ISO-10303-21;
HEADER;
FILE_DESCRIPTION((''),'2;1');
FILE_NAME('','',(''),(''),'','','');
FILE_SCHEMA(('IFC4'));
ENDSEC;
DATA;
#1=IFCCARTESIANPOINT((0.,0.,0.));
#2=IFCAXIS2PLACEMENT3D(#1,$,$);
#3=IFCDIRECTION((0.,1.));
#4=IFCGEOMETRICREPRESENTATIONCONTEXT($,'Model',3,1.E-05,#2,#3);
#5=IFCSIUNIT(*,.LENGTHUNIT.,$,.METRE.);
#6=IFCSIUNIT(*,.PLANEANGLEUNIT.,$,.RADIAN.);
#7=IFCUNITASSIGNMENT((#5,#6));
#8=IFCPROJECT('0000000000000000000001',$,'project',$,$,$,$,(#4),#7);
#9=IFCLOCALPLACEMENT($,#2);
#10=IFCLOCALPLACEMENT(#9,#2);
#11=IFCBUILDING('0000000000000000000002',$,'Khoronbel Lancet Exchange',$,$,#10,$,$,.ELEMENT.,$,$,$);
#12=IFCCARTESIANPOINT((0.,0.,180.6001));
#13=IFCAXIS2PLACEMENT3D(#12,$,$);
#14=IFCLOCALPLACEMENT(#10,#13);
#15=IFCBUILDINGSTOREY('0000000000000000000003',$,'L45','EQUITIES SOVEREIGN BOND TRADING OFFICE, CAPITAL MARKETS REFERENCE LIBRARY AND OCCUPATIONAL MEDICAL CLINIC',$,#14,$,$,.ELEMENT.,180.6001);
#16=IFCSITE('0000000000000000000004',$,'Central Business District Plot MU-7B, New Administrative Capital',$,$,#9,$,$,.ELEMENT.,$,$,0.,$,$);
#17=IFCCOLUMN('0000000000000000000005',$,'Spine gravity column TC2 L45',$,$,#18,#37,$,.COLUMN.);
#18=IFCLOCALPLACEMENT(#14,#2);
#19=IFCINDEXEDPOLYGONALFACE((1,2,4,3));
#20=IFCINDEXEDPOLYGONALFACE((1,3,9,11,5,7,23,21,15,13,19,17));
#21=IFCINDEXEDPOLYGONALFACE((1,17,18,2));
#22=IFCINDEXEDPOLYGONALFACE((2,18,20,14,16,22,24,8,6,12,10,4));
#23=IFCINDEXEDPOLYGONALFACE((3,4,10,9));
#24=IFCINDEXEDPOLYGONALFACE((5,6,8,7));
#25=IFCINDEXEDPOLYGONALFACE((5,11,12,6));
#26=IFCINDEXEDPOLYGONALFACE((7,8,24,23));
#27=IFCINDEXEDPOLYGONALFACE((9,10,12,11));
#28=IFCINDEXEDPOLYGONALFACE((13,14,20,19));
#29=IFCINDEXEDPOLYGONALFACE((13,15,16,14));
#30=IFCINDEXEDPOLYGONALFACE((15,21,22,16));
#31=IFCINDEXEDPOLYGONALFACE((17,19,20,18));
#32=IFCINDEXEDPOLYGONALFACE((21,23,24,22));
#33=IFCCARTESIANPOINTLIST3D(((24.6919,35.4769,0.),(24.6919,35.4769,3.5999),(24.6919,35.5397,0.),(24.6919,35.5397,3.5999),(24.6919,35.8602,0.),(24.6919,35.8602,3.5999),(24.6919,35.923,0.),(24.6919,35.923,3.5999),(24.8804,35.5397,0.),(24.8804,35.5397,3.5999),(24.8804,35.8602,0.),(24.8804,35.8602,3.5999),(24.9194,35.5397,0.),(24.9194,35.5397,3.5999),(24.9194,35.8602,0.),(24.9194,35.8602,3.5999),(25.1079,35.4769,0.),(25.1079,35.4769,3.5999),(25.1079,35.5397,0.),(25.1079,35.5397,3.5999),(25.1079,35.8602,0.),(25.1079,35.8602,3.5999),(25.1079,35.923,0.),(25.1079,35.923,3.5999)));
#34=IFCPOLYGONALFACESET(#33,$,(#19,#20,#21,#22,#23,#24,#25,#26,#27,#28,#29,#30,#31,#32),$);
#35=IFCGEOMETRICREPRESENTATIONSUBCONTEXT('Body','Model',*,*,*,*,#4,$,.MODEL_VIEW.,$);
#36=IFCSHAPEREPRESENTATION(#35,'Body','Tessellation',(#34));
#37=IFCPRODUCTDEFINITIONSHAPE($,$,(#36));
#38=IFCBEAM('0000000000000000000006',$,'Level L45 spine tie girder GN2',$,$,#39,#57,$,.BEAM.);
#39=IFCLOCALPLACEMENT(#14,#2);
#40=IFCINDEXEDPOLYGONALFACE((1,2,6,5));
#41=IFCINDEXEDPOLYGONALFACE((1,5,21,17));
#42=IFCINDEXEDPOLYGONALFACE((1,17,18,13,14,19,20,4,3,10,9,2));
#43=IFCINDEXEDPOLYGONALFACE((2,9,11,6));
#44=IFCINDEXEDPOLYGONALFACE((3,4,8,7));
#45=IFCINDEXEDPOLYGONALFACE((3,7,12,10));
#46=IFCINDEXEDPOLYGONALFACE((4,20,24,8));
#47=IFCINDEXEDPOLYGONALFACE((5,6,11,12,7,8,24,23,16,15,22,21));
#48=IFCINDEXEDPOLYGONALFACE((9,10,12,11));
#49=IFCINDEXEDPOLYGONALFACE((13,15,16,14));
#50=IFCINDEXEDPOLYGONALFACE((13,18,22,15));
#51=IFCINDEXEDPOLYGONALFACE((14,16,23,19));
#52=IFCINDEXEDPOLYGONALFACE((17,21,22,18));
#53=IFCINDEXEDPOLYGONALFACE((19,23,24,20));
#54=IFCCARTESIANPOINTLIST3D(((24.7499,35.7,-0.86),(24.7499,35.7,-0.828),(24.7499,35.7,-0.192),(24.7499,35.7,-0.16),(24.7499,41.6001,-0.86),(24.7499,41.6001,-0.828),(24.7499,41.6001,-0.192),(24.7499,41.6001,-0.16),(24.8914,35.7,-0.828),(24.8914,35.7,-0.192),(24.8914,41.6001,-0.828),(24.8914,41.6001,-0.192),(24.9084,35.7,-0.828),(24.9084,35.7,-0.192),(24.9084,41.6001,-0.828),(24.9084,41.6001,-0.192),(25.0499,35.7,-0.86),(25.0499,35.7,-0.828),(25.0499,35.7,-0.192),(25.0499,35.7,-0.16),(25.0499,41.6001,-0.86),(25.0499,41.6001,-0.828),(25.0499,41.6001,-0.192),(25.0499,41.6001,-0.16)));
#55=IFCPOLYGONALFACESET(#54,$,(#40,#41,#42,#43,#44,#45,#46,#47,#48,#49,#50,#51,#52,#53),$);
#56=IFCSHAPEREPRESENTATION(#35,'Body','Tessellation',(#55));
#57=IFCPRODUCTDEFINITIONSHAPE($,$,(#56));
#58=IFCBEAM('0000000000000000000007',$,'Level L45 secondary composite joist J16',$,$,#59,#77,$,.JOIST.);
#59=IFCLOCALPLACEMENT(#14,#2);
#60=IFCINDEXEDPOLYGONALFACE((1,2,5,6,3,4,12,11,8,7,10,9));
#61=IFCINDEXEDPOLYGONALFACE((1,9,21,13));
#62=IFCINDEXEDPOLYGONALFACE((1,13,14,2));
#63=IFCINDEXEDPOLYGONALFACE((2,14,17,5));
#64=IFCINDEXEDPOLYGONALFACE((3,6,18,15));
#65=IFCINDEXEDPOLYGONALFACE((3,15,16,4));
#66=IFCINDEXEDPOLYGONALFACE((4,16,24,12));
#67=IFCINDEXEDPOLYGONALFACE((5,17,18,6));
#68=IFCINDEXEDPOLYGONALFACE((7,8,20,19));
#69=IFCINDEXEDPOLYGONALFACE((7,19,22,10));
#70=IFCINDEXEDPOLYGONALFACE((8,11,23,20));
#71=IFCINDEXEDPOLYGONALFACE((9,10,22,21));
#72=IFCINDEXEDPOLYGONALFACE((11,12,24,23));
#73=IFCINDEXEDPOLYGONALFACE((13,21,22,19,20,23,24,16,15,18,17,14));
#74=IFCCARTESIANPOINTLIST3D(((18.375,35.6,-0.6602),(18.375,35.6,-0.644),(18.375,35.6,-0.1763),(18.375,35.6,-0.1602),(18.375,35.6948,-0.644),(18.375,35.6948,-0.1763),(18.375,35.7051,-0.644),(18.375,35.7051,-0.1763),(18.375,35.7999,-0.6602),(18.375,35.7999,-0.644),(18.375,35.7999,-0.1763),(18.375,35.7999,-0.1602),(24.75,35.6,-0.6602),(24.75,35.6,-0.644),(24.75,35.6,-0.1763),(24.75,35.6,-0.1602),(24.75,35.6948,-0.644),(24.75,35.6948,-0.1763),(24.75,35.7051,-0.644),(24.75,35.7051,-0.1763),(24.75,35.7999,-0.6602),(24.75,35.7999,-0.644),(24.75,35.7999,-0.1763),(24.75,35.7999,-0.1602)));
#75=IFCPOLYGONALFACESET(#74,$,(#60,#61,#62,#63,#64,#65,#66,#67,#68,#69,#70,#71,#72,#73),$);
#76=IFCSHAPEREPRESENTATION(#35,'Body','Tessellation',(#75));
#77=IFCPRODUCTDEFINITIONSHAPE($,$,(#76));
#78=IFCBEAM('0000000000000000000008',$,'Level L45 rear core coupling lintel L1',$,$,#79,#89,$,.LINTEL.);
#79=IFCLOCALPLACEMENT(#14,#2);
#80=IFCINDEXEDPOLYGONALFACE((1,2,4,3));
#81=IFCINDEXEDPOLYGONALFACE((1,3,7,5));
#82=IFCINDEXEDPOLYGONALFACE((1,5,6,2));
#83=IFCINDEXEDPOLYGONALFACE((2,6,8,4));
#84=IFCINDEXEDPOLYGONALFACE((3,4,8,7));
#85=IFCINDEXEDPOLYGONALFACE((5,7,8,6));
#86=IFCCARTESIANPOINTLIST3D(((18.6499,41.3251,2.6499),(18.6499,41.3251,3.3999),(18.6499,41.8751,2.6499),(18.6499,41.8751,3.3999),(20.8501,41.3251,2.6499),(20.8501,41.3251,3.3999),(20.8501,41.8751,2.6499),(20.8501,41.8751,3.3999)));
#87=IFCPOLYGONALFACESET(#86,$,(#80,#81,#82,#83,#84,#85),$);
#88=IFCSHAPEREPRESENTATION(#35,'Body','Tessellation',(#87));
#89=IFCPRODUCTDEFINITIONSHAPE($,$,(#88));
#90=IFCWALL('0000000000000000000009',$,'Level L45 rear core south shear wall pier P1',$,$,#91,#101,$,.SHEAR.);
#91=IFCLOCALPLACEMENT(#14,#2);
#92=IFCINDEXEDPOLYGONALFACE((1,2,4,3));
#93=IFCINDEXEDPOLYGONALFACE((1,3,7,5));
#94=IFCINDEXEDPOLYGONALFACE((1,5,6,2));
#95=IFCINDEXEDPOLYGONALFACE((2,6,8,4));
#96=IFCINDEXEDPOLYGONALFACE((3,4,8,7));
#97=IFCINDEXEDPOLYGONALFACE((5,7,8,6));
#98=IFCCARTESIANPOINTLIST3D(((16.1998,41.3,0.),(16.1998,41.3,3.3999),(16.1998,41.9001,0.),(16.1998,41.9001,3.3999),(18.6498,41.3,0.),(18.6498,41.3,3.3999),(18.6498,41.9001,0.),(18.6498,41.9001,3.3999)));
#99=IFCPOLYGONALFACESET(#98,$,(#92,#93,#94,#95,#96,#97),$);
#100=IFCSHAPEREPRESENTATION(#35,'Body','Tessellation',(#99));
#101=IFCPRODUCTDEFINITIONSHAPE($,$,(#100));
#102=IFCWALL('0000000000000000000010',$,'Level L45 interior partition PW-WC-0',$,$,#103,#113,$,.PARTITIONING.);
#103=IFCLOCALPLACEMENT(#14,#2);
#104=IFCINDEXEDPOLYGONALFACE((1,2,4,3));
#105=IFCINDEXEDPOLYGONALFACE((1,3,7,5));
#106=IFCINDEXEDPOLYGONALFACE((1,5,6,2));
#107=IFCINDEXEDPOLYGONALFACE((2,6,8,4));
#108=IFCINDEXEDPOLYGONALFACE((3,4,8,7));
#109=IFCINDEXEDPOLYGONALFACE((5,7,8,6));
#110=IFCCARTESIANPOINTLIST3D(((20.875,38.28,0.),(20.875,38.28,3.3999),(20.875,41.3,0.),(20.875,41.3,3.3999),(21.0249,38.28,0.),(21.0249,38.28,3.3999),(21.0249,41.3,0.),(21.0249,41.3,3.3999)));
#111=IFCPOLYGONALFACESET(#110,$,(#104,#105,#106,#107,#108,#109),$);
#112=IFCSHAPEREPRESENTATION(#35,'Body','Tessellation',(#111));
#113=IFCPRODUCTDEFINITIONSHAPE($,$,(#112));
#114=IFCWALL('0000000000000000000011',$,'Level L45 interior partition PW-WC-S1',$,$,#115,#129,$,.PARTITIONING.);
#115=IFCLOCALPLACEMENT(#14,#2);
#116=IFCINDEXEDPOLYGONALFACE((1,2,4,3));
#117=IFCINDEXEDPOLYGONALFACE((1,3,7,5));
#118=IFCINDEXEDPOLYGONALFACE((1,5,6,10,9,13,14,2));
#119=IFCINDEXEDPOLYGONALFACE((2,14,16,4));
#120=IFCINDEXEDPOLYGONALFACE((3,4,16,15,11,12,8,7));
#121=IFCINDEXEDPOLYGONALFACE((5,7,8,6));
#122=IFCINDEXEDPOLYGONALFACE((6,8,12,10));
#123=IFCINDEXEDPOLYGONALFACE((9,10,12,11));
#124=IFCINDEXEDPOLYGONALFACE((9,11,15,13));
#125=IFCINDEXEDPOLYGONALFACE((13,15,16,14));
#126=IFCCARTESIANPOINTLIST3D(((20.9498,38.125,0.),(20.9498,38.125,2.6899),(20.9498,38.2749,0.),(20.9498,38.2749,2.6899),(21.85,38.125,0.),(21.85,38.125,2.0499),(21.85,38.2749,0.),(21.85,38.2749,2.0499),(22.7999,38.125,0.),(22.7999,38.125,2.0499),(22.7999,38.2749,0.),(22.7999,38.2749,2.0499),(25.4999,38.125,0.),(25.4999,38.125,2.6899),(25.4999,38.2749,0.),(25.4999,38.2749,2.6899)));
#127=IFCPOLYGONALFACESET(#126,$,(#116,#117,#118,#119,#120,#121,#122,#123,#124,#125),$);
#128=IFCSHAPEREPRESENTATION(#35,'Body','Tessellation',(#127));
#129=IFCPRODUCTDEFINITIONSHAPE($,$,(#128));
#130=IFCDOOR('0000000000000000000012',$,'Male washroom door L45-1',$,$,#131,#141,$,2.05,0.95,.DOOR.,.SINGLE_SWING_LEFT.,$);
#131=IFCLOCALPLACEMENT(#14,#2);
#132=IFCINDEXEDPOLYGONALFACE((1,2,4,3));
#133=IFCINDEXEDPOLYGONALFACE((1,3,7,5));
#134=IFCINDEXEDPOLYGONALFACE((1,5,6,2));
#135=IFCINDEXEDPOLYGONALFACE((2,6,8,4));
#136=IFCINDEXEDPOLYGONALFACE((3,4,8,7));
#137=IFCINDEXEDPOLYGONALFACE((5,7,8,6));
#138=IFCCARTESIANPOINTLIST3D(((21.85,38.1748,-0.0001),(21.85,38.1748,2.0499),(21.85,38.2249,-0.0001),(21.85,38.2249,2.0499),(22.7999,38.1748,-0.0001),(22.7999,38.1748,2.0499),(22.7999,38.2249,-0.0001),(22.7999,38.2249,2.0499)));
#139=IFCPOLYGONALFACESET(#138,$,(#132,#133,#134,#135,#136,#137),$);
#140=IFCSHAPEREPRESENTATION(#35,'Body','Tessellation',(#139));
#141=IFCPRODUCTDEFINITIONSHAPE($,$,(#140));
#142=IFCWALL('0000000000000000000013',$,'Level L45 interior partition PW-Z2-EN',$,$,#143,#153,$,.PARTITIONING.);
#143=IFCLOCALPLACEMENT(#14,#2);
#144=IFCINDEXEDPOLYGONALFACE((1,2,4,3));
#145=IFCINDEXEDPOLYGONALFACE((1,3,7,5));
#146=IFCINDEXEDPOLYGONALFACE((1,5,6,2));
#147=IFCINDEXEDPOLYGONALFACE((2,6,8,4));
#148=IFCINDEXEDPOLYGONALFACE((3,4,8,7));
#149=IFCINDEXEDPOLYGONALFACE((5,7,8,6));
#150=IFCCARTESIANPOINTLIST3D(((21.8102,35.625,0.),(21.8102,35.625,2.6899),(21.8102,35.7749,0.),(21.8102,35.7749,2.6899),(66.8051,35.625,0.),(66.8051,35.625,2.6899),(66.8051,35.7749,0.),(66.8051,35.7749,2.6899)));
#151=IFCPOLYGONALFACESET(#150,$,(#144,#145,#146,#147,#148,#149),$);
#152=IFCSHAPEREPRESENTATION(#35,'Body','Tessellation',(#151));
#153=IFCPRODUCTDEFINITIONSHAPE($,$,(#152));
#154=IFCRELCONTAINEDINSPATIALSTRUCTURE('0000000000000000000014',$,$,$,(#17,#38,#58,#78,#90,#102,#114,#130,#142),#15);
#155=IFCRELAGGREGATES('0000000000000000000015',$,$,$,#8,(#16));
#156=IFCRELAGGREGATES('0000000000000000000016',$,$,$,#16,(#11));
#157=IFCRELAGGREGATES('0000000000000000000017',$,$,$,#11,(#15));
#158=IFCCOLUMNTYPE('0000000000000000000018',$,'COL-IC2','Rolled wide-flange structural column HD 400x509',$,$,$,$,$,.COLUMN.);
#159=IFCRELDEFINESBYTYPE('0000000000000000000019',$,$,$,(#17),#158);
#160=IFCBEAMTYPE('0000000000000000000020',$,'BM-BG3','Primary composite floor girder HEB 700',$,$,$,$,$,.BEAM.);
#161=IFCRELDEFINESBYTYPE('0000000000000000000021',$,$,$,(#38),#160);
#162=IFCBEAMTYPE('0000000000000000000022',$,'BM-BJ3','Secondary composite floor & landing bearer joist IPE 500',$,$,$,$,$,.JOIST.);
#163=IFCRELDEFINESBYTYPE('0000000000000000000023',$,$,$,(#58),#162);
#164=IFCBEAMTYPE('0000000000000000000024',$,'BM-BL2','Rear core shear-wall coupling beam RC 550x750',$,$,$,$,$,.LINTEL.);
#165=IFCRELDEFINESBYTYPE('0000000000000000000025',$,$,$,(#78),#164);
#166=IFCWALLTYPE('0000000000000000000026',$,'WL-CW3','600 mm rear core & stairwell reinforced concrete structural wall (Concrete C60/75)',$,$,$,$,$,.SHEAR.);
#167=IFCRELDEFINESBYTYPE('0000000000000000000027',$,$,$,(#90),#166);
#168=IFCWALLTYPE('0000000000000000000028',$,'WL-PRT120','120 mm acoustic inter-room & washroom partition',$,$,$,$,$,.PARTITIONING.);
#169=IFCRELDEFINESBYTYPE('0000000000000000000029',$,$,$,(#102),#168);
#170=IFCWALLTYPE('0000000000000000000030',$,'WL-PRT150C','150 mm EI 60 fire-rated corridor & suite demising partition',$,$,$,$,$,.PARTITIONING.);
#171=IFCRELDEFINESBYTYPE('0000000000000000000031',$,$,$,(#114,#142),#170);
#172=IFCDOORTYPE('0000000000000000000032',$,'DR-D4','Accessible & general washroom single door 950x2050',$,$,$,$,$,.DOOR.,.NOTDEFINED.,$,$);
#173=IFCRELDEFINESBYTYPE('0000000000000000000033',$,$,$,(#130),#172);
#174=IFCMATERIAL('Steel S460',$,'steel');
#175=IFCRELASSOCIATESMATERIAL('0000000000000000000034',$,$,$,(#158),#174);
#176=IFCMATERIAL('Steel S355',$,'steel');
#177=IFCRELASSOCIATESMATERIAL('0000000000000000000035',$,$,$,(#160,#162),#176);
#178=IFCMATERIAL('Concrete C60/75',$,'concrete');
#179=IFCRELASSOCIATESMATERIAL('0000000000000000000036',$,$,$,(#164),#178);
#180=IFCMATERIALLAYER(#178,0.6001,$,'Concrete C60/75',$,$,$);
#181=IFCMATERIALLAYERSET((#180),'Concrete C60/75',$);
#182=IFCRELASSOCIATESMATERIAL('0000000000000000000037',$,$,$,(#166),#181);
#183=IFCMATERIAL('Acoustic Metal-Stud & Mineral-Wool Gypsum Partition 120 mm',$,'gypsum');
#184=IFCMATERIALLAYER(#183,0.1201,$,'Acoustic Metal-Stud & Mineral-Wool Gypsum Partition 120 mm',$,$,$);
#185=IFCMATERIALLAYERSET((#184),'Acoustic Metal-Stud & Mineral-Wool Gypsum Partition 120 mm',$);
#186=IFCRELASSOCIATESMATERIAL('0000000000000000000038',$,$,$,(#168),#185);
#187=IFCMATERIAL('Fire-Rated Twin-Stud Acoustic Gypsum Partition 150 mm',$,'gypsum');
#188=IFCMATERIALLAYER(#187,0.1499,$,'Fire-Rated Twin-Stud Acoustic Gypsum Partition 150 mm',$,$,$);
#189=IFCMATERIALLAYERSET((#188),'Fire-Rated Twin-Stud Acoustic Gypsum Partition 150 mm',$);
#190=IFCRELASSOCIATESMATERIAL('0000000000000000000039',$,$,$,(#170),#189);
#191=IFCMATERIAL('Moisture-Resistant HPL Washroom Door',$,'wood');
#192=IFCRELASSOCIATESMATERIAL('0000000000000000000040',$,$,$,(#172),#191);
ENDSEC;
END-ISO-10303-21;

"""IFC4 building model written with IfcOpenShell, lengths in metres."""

from ifc_helpers import new_model, si_unit, direction, frame, frame_2d, origin, origin_2d, place, context, subcontext, project, spatial, rectangle, i_section, extrude, material, layer, layer_set, material_profile, profile_set, type_object, element, fill, save


model = new_model("IFC4")

# Units and contexts
model_context = context("Model", 3, precision=1e-05, world=origin(), true_north=direction((0.0, 1.0)))
body_context = subcontext(model_context, "Body", "Model", "MODEL_VIEW")
ifc_project = project(units=[si_unit("LENGTHUNIT", "METRE"), si_unit("PLANEANGLEUNIT", "RADIAN")], contexts=[model_context])

# Site, building, storey
site_placement = place(None, origin())
site = spatial("IfcSite", under=ifc_project, at=site_placement, Name="Central Business District Plot MU-7B, New Administrative Capital", CompositionType="ELEMENT", RefElevation=0.0)
building_placement = place(site_placement, origin())
building = spatial("IfcBuilding", under=site, at=building_placement, Name="Khoronbel Lancet Exchange", CompositionType="ELEMENT")
storey_placement = place(building_placement, frame((0.0, 0.0, 180.6001)))
storey = spatial("IfcBuildingStorey", under=building, at=storey_placement, Name="L45", Description="EQUITIES SOVEREIGN BOND TRADING OFFICE, CAPITAL MARKETS REFERENCE LIBRARY AND OCCUPATIONAL MEDICAL CLINIC", CompositionType="ELEMENT", Elevation=180.6001)

# Column
ifc_material_1 = material(Name="Steel S460", Category="steel")
ifc_material_profile_1 = material_profile(ifc_material_1, i_section(OverallWidth=0.416, OverallDepth=0.446, WebThickness=0.0391, FlangeThickness=0.0627, at=origin_2d()), Name="HD 400x509")
ifc_profile_set_1 = profile_set([ifc_material_profile_1], Name="Steel S460")
column_type = type_object("IfcColumnType", Name="COL-IC2", Description="Rolled wide-flange structural column HD 400x509", PredefinedType="COLUMN", material=ifc_profile_set_1)
column_placement = place(storey_placement, frame((24.8999, 35.7, 0.0), z_axis=(0.0, 0.0, 1.0), x_axis=(1.0, 0.0, 0.0)))
element("IfcColumn", 1, at=column_placement, inside=storey, type_object=column_type, Name="Spine gravity column TC2 L45", PredefinedType="COLUMN", context=body_context, shape_type="SweptSolid", body=[
    extrude(i_section(OverallWidth=0.416, OverallDepth=0.446, WebThickness=0.0391, FlangeThickness=0.0627, at=origin_2d()), origin(), (0.0, 0.0, 1.0), 3.5999),
])

# Beams
ifc_material_2 = material(Name="Steel S355", Category="steel")
ifc_material_profile_2 = material_profile(ifc_material_2, i_section(OverallWidth=0.3, OverallDepth=0.7, WebThickness=0.0171, FlangeThickness=0.032, at=origin_2d()), Name="HEB 700")
ifc_profile_set_2 = profile_set([ifc_material_profile_2], Name="Steel S355")
beam_type_1 = type_object("IfcBeamType", Name="BM-BG3", Description="Primary composite floor girder HEB 700", PredefinedType="BEAM", material=ifc_profile_set_2)
beam_1_placement = place(storey_placement, frame((24.8999, 35.7, -0.51), z_axis=(0.0, 1.0, 0.0), x_axis=(-1.0, 0.0, 0.0)))
element("IfcBeam", 2, at=beam_1_placement, inside=storey, type_object=beam_type_1, Name="Level L45 spine tie girder GN2", PredefinedType="BEAM", context=body_context, shape_type="SweptSolid", body=[
    extrude(i_section(OverallWidth=0.3, OverallDepth=0.7, WebThickness=0.0171, FlangeThickness=0.032, at=origin_2d()), origin(), (0.0, 0.0, 1.0), 5.9001),
])
ifc_material_profile_3 = material_profile(ifc_material_2, i_section(OverallWidth=0.2, OverallDepth=0.5, WebThickness=0.0103, FlangeThickness=0.0161, at=origin_2d()), Name="IPE 500")
ifc_profile_set_3 = profile_set([ifc_material_profile_3], Name="Steel S355")
beam_type_2 = type_object("IfcBeamType", Name="BM-BJ3", Description="Secondary composite floor & landing bearer joist IPE 500", PredefinedType="JOIST", material=ifc_profile_set_3)
beam_2_placement = place(storey_placement, frame((18.375, 35.7, -0.4102), z_axis=(1.0, 0.0, 0.0), x_axis=(0.0, 1.0, 0.0)))
element("IfcBeam", 3, at=beam_2_placement, inside=storey, type_object=beam_type_2, Name="Level L45 secondary composite joist J16", PredefinedType="JOIST", context=body_context, shape_type="SweptSolid", body=[
    extrude(i_section(OverallWidth=0.2, OverallDepth=0.5, WebThickness=0.0103, FlangeThickness=0.0161, at=origin_2d()), origin(), (0.0, 0.0, 1.0), 6.375),
])
ifc_material_3 = material(Name="Concrete C60/75", Category="concrete")
ifc_material_profile_4 = material_profile(ifc_material_3, rectangle(XDim=0.55, YDim=0.75, at=origin_2d()), Name="RC 550x750")
ifc_profile_set_4 = profile_set([ifc_material_profile_4], Name="Concrete C60/75")
beam_type_3 = type_object("IfcBeamType", Name="BM-BL2", Description="Rear core shear-wall coupling beam RC 550x750", PredefinedType="LINTEL", material=ifc_profile_set_4)
beam_3_placement = place(storey_placement, frame((18.6499, 41.6001, 3.0249), z_axis=(1.0, 0.0, 0.0), x_axis=(0.0, 1.0, 0.0)))
element("IfcBeam", 4, at=beam_3_placement, inside=storey, type_object=beam_type_3, Name="Level L45 rear core coupling lintel L1", PredefinedType="LINTEL", context=body_context, shape_type="SweptSolid", body=[
    extrude(rectangle(XDim=0.55, YDim=0.75, at=origin_2d()), origin(), (0.0, 0.0, 1.0), 2.2002),
])

# Walls
ifc_layer_1 = layer(ifc_material_3, 0.6001, Name="Concrete C60/75")
ifc_layer_set_1 = layer_set([ifc_layer_1], Name="Concrete C60/75")
wall_type_1 = type_object("IfcWallType", Name="WL-CW3", Description="600 mm rear core & stairwell reinforced concrete structural wall (Concrete C60/75)", PredefinedType="SHEAR", material=ifc_layer_set_1)
wall_1_placement = place(storey_placement, frame((18.6499, 41.6001, 0.0), z_axis=(0.0, 0.0, 1.0), x_axis=(-1.0, 0.0, 0.0)))
element("IfcWall", 5, at=wall_1_placement, inside=storey, type_object=wall_type_1, Name="Level L45 rear core south shear wall pier P1", PredefinedType="SHEAR", context=body_context, shape_type="SweptSolid", body=[
    extrude(rectangle(XDim=2.45, YDim=0.6001, at=frame_2d((1.2251, 0.0))), origin(), (0.0, 0.0, 1.0), 3.3999),
])
ifc_material_4 = material(Name="Acoustic Metal-Stud & Mineral-Wool Gypsum Partition 120 mm", Category="gypsum")
ifc_layer_2 = layer(ifc_material_4, 0.1201, Name="Acoustic Metal-Stud & Mineral-Wool Gypsum Partition 120 mm")
ifc_layer_set_2 = layer_set([ifc_layer_2], Name="Acoustic Metal-Stud & Mineral-Wool Gypsum Partition 120 mm")
wall_type_2 = type_object("IfcWallType", Name="WL-PRT120", Description="120 mm acoustic inter-room & washroom partition", PredefinedType="PARTITIONING", material=ifc_layer_set_2)
wall_2_placement = place(storey_placement, frame((20.95, 38.28, 0.0), z_axis=(0.0, 0.0, 1.0), x_axis=(0.0, 1.0, 0.0)))
element("IfcWall", 6, at=wall_2_placement, inside=storey, type_object=wall_type_2, Name="Level L45 interior partition PW-WC-0", PredefinedType="PARTITIONING", context=body_context, shape_type="SweptSolid", body=[
    extrude(rectangle(XDim=3.02, YDim=0.1499, at=frame_2d((1.51, 0.0))), origin(), (0.0, 0.0, 1.0), 3.3999),
])

# Wall, opening, door
ifc_material_5 = material(Name="Fire-Rated Twin-Stud Acoustic Gypsum Partition 150 mm", Category="gypsum")
ifc_layer_3 = layer(ifc_material_5, 0.1499, Name="Fire-Rated Twin-Stud Acoustic Gypsum Partition 150 mm")
ifc_layer_set_3 = layer_set([ifc_layer_3], Name="Fire-Rated Twin-Stud Acoustic Gypsum Partition 150 mm")
wall_type_3 = type_object("IfcWallType", Name="WL-PRT150C", Description="150 mm EI 60 fire-rated corridor & suite demising partition", PredefinedType="PARTITIONING", material=ifc_layer_set_3)
wall_3_placement = place(storey_placement, frame((20.95, 38.2, 0.0), z_axis=(0.0, 0.0, 1.0), x_axis=(1.0, 0.0, 0.0)))
wall_3 = element("IfcWall", 7, at=wall_3_placement, inside=storey, type_object=wall_type_3, Name="Level L45 interior partition PW-WC-S1", PredefinedType="PARTITIONING", context=body_context, shape_type="SweptSolid", body=[
    extrude(rectangle(XDim=4.55, YDim=0.1499, at=frame_2d((2.2749, 0.0))), origin(), (0.0, 0.0, 1.0), 2.6899),
])
opening_1_placement = place(wall_3_placement, frame((0.8999, 0.0, 0.0)))
opening_1 = element("IfcOpeningElement", 8, at=opening_1_placement, cuts=wall_3, PredefinedType="OPENING", context=body_context, shape_type="SweptSolid", body=[
    extrude(rectangle(XDim=0.95, YDim=2.05, at=frame_2d((0.4751, 1.0249))), frame((0.0, 0.085, 0.0), z_axis=(0.0, -1.0, 0.0), x_axis=(1.0, 0.0, 0.0)), (0.0, 0.0, 1.0), 0.1699),
])
ifc_material_6 = material(Name="Moisture-Resistant HPL Washroom Door", Category="wood")
door_type_1 = type_object("IfcDoorType", Name="DR-D4", Description="Accessible & general washroom single door 950x2050", OperationType="NOTDEFINED", PredefinedType="DOOR", material=ifc_material_6)
door_1_placement = place(opening_1_placement, origin())
door_1 = element("IfcDoor", 9, at=door_1_placement, inside=storey, type_object=door_type_1, Name="Male washroom door L45-1", OperationType="SINGLE_SWING_LEFT", OverallHeight=2.05, OverallWidth=0.95, PredefinedType="DOOR", context=body_context, shape_type="SweptSolid", body=[
    extrude(rectangle(XDim=0.95, YDim=2.05, at=frame_2d((0.4751, 1.0249))), frame((0.0, 0.0249, 0.0), z_axis=(0.0, -1.0, 0.0), x_axis=(1.0, 0.0, 0.0)), (0.0, 0.0, 1.0), 0.05),
])
fill(opening_1, door_1)

# Wall
wall_4_placement = place(storey_placement, frame((21.8101, 35.7, 0.0), z_axis=(0.0, 0.0, 1.0), x_axis=(1.0, 0.0, 0.0)))
element("IfcWall", 10, at=wall_4_placement, inside=storey, type_object=wall_type_3, Name="Level L45 interior partition PW-Z2-EN", PredefinedType="PARTITIONING", context=body_context, shape_type="SweptSolid", body=[
    extrude(rectangle(XDim=44.9949, YDim=0.1499, at=frame_2d((22.4976, 0.0))), origin(), (0.0, 0.0, 1.0), 2.6899),
])

save(model, "model.ifc")
